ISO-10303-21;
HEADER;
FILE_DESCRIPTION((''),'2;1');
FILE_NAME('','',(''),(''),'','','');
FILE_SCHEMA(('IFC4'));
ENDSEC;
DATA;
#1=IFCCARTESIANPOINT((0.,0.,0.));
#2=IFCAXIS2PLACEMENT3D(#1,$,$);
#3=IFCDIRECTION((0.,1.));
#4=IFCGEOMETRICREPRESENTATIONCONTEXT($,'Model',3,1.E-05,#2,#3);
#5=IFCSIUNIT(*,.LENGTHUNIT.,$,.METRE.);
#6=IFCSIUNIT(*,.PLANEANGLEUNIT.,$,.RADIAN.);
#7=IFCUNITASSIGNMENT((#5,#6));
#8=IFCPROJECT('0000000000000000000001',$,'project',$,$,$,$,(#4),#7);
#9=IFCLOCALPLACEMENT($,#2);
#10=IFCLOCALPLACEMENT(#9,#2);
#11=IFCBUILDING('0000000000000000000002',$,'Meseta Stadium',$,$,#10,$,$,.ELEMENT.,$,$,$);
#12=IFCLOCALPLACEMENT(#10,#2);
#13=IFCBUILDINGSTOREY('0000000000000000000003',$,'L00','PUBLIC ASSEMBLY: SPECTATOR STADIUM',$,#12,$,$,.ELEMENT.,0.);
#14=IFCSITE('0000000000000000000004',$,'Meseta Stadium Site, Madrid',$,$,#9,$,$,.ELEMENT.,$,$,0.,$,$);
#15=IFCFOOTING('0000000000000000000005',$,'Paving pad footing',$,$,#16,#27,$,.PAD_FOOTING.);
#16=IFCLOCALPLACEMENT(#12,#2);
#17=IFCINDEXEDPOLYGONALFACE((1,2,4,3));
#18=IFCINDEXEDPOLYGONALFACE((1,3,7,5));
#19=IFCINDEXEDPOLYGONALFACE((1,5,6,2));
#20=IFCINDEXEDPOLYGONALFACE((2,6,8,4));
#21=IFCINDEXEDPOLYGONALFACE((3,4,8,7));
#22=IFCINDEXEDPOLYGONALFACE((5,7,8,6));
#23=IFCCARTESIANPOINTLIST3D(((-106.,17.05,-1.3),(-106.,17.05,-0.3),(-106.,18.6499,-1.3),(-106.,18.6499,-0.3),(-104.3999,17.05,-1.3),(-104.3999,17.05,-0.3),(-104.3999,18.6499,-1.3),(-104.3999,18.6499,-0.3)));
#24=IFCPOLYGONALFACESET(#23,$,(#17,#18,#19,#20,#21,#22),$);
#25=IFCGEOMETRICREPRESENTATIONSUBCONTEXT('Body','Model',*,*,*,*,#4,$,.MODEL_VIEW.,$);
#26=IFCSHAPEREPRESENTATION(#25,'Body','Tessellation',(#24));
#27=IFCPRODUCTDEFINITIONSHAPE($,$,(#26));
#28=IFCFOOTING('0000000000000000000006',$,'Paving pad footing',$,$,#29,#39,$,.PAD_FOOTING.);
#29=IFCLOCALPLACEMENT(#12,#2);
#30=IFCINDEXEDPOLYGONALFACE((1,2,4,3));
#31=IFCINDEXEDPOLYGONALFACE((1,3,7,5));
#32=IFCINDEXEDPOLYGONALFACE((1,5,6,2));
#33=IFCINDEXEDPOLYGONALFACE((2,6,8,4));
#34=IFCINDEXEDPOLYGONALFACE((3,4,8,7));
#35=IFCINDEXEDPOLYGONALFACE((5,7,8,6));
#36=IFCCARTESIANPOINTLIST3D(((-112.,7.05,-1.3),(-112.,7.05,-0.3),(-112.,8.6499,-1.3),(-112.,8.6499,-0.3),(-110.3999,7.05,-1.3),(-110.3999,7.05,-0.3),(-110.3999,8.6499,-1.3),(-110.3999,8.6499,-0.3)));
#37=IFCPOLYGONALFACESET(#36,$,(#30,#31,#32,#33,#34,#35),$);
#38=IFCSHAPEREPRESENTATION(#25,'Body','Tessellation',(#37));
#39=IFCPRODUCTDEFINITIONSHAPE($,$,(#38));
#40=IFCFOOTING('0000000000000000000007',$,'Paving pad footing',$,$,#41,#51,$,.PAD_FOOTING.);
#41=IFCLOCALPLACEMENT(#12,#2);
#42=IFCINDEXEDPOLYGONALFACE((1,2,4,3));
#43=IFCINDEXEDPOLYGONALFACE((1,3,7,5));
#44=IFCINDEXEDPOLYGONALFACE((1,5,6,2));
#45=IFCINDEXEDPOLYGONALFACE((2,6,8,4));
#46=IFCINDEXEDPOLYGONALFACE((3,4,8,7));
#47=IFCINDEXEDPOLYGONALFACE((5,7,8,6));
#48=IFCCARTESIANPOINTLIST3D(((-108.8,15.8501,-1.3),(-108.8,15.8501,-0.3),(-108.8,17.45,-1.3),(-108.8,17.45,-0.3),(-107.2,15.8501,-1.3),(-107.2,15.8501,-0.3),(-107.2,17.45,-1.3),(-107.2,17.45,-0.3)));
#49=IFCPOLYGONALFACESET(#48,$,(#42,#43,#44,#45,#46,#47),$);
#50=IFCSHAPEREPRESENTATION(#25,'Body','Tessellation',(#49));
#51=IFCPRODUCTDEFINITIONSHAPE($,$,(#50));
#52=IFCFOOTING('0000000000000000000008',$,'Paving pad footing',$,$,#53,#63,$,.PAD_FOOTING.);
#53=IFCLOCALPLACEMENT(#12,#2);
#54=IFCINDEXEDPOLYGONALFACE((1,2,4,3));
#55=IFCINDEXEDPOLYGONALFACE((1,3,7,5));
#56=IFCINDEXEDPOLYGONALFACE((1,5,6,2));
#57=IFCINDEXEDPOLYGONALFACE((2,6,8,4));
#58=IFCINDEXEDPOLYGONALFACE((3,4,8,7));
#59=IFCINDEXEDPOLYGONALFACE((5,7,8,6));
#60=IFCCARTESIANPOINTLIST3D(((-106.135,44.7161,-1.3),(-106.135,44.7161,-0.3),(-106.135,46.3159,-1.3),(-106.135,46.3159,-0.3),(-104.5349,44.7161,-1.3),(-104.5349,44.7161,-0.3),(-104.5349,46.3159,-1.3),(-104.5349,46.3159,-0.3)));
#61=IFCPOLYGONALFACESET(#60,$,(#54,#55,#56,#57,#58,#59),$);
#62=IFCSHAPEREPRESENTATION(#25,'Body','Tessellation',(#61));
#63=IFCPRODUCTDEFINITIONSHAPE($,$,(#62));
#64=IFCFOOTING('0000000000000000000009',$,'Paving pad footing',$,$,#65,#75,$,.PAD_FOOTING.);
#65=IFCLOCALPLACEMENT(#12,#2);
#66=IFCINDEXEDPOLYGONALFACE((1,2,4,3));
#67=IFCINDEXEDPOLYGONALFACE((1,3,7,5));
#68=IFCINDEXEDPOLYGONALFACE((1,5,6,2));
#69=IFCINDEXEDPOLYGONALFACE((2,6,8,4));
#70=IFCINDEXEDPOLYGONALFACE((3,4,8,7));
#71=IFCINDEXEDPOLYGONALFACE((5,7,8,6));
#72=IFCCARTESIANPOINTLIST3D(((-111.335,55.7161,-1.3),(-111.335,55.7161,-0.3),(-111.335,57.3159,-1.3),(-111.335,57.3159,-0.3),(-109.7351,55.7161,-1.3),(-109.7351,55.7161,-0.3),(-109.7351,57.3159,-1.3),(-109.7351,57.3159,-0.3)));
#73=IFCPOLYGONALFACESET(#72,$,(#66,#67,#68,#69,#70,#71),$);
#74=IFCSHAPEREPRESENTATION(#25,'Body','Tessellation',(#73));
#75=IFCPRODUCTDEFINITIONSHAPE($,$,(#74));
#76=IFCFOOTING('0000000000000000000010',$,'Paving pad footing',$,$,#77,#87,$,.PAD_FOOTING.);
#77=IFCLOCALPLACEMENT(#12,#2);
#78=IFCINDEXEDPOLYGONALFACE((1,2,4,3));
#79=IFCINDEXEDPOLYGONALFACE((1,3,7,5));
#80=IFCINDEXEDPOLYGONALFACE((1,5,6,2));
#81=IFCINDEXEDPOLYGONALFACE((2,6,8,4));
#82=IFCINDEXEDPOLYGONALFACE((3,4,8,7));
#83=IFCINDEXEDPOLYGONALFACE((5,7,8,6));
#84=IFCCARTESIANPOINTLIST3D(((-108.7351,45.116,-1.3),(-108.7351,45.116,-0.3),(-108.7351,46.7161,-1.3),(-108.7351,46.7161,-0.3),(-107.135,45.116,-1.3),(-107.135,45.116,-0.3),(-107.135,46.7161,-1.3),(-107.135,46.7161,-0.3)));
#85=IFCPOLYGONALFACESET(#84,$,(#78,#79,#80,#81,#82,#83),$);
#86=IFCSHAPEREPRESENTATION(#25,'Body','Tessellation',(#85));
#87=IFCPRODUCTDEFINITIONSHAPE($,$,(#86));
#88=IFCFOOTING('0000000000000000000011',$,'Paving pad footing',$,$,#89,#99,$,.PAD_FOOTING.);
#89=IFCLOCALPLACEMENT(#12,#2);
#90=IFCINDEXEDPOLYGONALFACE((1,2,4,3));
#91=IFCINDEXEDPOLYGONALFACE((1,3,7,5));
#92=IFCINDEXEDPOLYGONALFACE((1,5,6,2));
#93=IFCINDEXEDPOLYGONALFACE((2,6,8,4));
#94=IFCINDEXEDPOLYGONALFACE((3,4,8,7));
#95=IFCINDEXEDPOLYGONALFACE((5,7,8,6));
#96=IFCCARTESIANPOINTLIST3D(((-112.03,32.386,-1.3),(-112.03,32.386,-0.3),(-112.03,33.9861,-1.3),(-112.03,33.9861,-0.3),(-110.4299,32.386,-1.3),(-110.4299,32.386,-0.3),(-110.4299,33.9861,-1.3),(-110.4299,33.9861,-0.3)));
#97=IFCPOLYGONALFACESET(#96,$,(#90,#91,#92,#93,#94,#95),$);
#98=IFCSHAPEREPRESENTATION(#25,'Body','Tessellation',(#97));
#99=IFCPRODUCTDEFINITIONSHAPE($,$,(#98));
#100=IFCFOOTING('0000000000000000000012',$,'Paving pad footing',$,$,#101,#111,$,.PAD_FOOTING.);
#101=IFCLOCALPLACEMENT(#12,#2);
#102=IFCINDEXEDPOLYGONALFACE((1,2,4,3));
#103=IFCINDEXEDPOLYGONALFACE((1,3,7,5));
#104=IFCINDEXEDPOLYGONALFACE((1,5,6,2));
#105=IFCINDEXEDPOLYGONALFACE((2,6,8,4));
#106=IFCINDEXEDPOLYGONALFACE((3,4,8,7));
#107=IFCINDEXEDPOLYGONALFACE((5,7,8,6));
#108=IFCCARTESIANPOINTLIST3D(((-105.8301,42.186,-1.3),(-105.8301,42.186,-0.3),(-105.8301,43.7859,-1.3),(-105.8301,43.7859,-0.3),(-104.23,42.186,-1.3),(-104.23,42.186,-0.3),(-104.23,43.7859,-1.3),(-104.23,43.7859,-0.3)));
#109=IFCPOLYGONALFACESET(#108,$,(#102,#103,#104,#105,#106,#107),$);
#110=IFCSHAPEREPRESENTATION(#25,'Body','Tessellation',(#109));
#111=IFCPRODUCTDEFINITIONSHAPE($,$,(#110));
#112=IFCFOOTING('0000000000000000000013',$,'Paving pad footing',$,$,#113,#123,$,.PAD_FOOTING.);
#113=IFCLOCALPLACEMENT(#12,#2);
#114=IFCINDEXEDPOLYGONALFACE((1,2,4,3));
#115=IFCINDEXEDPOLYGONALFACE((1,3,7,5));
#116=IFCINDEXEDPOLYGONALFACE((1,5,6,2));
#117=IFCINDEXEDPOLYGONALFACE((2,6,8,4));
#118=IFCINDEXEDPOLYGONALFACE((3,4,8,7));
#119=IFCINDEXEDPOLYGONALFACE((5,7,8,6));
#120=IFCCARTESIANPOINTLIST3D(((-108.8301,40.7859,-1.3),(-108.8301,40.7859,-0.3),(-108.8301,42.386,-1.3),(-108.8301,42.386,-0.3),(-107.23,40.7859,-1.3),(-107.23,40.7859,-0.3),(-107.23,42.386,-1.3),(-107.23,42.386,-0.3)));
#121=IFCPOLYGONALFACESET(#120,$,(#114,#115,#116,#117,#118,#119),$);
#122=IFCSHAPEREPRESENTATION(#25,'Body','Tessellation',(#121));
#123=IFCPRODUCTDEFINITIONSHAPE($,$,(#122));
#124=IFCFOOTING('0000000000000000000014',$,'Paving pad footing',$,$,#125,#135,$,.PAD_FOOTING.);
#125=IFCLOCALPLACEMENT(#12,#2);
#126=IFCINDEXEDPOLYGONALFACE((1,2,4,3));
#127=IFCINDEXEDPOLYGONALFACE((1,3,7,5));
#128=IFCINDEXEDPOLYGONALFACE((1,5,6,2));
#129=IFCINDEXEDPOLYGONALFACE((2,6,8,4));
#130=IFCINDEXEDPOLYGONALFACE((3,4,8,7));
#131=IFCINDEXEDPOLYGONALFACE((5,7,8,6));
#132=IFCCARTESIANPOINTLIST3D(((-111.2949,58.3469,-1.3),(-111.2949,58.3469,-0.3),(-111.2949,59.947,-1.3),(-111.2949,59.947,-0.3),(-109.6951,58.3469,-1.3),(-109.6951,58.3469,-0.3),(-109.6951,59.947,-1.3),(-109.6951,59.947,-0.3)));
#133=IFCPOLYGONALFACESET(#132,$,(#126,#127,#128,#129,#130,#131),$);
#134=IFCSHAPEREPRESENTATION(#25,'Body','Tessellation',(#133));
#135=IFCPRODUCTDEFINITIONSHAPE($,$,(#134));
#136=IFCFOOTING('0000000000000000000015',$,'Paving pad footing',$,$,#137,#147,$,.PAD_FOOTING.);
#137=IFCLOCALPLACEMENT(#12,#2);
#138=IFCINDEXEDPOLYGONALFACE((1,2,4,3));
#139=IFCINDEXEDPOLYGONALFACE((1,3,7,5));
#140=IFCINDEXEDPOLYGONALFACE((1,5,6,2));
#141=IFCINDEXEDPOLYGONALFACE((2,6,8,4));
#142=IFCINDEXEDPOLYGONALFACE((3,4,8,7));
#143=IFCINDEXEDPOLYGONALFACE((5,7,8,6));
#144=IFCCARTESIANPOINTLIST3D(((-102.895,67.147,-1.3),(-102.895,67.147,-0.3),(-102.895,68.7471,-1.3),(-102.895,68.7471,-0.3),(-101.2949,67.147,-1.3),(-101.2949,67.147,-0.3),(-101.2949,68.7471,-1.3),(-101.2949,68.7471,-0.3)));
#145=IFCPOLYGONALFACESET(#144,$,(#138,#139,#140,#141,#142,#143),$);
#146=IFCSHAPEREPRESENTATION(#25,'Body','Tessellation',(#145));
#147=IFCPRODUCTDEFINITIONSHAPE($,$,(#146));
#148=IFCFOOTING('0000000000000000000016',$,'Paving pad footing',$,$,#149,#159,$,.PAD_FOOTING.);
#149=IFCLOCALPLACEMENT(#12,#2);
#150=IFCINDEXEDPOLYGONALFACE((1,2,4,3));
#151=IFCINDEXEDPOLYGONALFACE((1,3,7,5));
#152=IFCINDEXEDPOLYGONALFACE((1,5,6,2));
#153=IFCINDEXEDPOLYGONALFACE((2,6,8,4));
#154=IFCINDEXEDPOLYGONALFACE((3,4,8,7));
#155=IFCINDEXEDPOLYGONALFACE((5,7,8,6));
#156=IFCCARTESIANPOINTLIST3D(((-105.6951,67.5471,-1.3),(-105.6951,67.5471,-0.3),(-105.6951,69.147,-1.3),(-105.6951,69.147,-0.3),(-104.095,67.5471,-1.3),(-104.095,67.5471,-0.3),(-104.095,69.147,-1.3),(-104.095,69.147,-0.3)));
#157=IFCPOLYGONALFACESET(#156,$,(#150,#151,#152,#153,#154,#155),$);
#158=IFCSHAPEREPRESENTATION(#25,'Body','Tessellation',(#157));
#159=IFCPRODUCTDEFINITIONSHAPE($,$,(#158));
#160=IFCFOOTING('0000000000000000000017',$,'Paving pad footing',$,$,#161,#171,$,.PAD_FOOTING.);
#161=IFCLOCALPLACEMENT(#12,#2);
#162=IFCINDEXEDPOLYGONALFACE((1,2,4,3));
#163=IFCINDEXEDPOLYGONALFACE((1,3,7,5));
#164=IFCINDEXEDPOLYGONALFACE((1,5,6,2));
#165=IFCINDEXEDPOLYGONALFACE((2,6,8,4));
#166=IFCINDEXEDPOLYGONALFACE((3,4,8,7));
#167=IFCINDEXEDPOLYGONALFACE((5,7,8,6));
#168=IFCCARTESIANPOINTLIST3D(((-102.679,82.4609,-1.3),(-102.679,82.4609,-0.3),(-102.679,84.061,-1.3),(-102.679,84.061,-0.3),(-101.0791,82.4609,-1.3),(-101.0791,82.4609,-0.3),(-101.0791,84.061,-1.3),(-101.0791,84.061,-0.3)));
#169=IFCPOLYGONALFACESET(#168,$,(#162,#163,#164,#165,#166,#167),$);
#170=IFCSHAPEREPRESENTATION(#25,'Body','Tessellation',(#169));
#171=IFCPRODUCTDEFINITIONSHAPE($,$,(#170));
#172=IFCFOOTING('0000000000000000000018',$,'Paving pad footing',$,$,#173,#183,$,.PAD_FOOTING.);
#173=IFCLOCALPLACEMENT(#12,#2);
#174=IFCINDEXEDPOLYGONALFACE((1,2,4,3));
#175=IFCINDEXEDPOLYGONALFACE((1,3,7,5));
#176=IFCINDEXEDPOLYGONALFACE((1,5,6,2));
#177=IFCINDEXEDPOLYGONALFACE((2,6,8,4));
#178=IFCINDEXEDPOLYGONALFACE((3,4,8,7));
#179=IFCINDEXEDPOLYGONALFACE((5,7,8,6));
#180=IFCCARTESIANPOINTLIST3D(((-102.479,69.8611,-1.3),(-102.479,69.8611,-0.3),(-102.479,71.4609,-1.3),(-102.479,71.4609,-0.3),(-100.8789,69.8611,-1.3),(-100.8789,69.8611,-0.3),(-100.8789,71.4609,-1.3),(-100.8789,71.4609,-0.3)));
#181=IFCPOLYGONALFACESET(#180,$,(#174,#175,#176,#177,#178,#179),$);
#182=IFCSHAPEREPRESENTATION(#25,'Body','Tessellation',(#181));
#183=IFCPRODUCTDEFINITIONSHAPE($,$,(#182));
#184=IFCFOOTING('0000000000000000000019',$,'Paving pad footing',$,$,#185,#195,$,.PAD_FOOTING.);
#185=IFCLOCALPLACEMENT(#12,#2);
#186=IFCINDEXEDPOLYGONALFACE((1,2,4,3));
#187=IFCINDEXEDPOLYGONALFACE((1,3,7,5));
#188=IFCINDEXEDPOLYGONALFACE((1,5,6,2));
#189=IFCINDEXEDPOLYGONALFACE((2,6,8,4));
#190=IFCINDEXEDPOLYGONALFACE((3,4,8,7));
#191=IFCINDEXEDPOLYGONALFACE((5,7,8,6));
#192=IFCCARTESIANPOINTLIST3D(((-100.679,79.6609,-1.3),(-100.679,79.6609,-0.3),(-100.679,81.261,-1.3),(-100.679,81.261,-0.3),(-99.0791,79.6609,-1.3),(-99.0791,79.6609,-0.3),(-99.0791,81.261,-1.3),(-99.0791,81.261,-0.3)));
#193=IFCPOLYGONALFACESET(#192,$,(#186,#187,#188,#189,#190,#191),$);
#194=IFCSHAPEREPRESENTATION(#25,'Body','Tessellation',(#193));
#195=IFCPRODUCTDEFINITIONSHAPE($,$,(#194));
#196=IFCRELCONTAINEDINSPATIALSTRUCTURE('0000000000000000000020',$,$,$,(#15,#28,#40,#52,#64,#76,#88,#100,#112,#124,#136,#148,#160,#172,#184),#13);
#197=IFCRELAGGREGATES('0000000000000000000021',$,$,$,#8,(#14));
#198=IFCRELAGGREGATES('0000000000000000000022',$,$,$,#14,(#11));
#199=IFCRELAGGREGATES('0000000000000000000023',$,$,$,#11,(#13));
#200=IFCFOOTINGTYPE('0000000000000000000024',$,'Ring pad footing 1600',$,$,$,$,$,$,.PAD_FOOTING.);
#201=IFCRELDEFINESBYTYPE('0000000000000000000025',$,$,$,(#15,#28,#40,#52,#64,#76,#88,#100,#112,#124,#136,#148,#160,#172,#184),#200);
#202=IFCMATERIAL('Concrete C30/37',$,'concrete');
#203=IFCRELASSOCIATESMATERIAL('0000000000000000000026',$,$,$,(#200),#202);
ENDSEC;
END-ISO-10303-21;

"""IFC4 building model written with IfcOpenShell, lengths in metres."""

from ifc_helpers import new_model, si_unit, direction, frame, origin, place, context, subcontext, project, spatial, polyline, outline, extrude, material, type_object, element, save


model = new_model("IFC4")

# Units and contexts
model_context = context("Model", 3, precision=1e-05, world=origin(), true_north=direction((0.0, 1.0)))
body_context = subcontext(model_context, "Body", "Model", "MODEL_VIEW")
ifc_project = project(units=[si_unit("LENGTHUNIT", "METRE"), si_unit("PLANEANGLEUNIT", "RADIAN")], contexts=[model_context])

# Site, building, storey
site_placement = place(None, origin())
site = spatial("IfcSite", under=ifc_project, at=site_placement, Name="Meseta Stadium Site, Madrid", CompositionType="ELEMENT", RefElevation=0.0)
building_placement = place(site_placement, origin())
building = spatial("IfcBuilding", under=site, at=building_placement, Name="Meseta Stadium", CompositionType="ELEMENT")
storey_placement = place(building_placement, origin())
storey = spatial("IfcBuildingStorey", under=building, at=storey_placement, Name="L00", Description="PUBLIC ASSEMBLY: SPECTATOR STADIUM", CompositionType="ELEMENT", Elevation=0.0)

# Footings
ifc_material_1 = material(Name="Concrete C30/37", Category="concrete")
footing_type_1 = type_object("IfcFootingType", Name="Ring pad footing 1600", PredefinedType="PAD_FOOTING", material=ifc_material_1)
footing_1_placement = place(storey_placement, frame((0.0, 0.0, -1.3)))
element("IfcFooting", 1, at=footing_1_placement, inside=storey, type_object=footing_type_1, Name="Paving pad footing", PredefinedType="PAD_FOOTING", context=body_context, shape_type="SweptSolid", body=[
    extrude(outline(polyline([(-104.3999, 17.05), (-104.3999, 18.6499), (-106.0, 18.6499), (-106.0, 17.05), (-104.3999, 17.05)])), origin(), (0.0, 0.0, 1.0), 1.0),
])
footing_2_placement = place(storey_placement, frame((0.0, 0.0, -1.3)))
element("IfcFooting", 2, at=footing_2_placement, inside=storey, type_object=footing_type_1, Name="Paving pad footing", PredefinedType="PAD_FOOTING", context=body_context, shape_type="SweptSolid", body=[
    extrude(outline(polyline([(-110.3999, 7.05), (-110.3999, 8.6499), (-112.0, 8.6499), (-112.0, 7.05), (-110.3999, 7.05)])), origin(), (0.0, 0.0, 1.0), 1.0),
])
footing_3_placement = place(storey_placement, frame((0.0, 0.0, -1.3)))
element("IfcFooting", 3, at=footing_3_placement, inside=storey, type_object=footing_type_1, Name="Paving pad footing", PredefinedType="PAD_FOOTING", context=body_context, shape_type="SweptSolid", body=[
    extrude(outline(polyline([(-107.2, 15.8501), (-107.2, 17.45), (-108.8, 17.45), (-108.8, 15.8501), (-107.2, 15.8501)])), origin(), (0.0, 0.0, 1.0), 1.0),
])
footing_4_placement = place(storey_placement, frame((0.0, 0.0, -1.3)))
element("IfcFooting", 4, at=footing_4_placement, inside=storey, type_object=footing_type_1, Name="Paving pad footing", PredefinedType="PAD_FOOTING", context=body_context, shape_type="SweptSolid", body=[
    extrude(outline(polyline([(-104.5349, 44.7161), (-104.5349, 46.3159), (-106.135, 46.3159), (-106.135, 44.7161), (-104.5349, 44.7161)])), origin(), (0.0, 0.0, 1.0), 1.0),
])
footing_5_placement = place(storey_placement, frame((0.0, 0.0, -1.3)))
element("IfcFooting", 5, at=footing_5_placement, inside=storey, type_object=footing_type_1, Name="Paving pad footing", PredefinedType="PAD_FOOTING", context=body_context, shape_type="SweptSolid", body=[
    extrude(outline(polyline([(-109.7351, 55.7161), (-109.7351, 57.3159), (-111.335, 57.3159), (-111.335, 55.7161), (-109.7351, 55.7161)])), origin(), (0.0, 0.0, 1.0), 1.0),
])
footing_6_placement = place(storey_placement, frame((0.0, 0.0, -1.3)))
element("IfcFooting", 6, at=footing_6_placement, inside=storey, type_object=footing_type_1, Name="Paving pad footing", PredefinedType="PAD_FOOTING", context=body_context, shape_type="SweptSolid", body=[
    extrude(outline(polyline([(-107.135, 45.116), (-107.135, 46.7161), (-108.7351, 46.7161), (-108.7351, 45.116), (-107.135, 45.116)])), origin(), (0.0, 0.0, 1.0), 1.0),
])
footing_7_placement = place(storey_placement, frame((0.0, 0.0, -1.3)))
element("IfcFooting", 7, at=footing_7_placement, inside=storey, type_object=footing_type_1, Name="Paving pad footing", PredefinedType="PAD_FOOTING", context=body_context, shape_type="SweptSolid", body=[
    extrude(outline(polyline([(-110.4299, 32.386), (-110.4299, 33.9861), (-112.03, 33.9861), (-112.03, 32.386), (-110.4299, 32.386)])), origin(), (0.0, 0.0, 1.0), 1.0),
])
footing_8_placement = place(storey_placement, frame((0.0, 0.0, -1.3)))
element("IfcFooting", 8, at=footing_8_placement, inside=storey, type_object=footing_type_1, Name="Paving pad footing", PredefinedType="PAD_FOOTING", context=body_context, shape_type="SweptSolid", body=[
    extrude(outline(polyline([(-104.23, 42.186), (-104.23, 43.7859), (-105.8301, 43.7859), (-105.8301, 42.186), (-104.23, 42.186)])), origin(), (0.0, 0.0, 1.0), 1.0),
])
footing_9_placement = place(storey_placement, frame((0.0, 0.0, -1.3)))
element("IfcFooting", 9, at=footing_9_placement, inside=storey, type_object=footing_type_1, Name="Paving pad footing", PredefinedType="PAD_FOOTING", context=body_context, shape_type="SweptSolid", body=[
    extrude(outline(polyline([(-107.23, 40.7859), (-107.23, 42.386), (-108.8301, 42.386), (-108.8301, 40.7859), (-107.23, 40.7859)])), origin(), (0.0, 0.0, 1.0), 1.0),
])
footing_10_placement = place(storey_placement, frame((0.0, 0.0, -1.3)))
element("IfcFooting", 10, at=footing_10_placement, inside=storey, type_object=footing_type_1, Name="Paving pad footing", PredefinedType="PAD_FOOTING", context=body_context, shape_type="SweptSolid", body=[
    extrude(outline(polyline([(-109.6951, 58.3469), (-109.6951, 59.947), (-111.2949, 59.947), (-111.2949, 58.3469), (-109.6951, 58.3469)])), origin(), (0.0, 0.0, 1.0), 1.0),
])
footing_11_placement = place(storey_placement, frame((0.0, 0.0, -1.3)))
element("IfcFooting", 11, at=footing_11_placement, inside=storey, type_object=footing_type_1, Name="Paving pad footing", PredefinedType="PAD_FOOTING", context=body_context, shape_type="SweptSolid", body=[
    extrude(outline(polyline([(-101.2949, 67.147), (-101.2949, 68.7471), (-102.895, 68.7471), (-102.895, 67.147), (-101.2949, 67.147)])), origin(), (0.0, 0.0, 1.0), 1.0),
])
footing_12_placement = place(storey_placement, frame((0.0, 0.0, -1.3)))
element("IfcFooting", 12, at=footing_12_placement, inside=storey, type_object=footing_type_1, Name="Paving pad footing", PredefinedType="PAD_FOOTING", context=body_context, shape_type="SweptSolid", body=[
    extrude(outline(polyline([(-104.095, 67.5471), (-104.095, 69.147), (-105.6951, 69.147), (-105.6951, 67.5471), (-104.095, 67.5471)])), origin(), (0.0, 0.0, 1.0), 1.0),
])
footing_13_placement = place(storey_placement, frame((0.0, 0.0, -1.3)))
element("IfcFooting", 13, at=footing_13_placement, inside=storey, type_object=footing_type_1, Name="Paving pad footing", PredefinedType="PAD_FOOTING", context=body_context, shape_type="SweptSolid", body=[
    extrude(outline(polyline([(-101.0791, 82.4609), (-101.0791, 84.061), (-102.679, 84.061), (-102.679, 82.4609), (-101.0791, 82.4609)])), origin(), (0.0, 0.0, 1.0), 1.0),
])
footing_14_placement = place(storey_placement, frame((0.0, 0.0, -1.3)))
element("IfcFooting", 14, at=footing_14_placement, inside=storey, type_object=footing_type_1, Name="Paving pad footing", PredefinedType="PAD_FOOTING", context=body_context, shape_type="SweptSolid", body=[
    extrude(outline(polyline([(-100.8789, 69.8611), (-100.8789, 71.4609), (-102.479, 71.4609), (-102.479, 69.8611), (-100.8789, 69.8611)])), origin(), (0.0, 0.0, 1.0), 1.0),
])
footing_15_placement = place(storey_placement, frame((0.0, 0.0, -1.3)))
element("IfcFooting", 15, at=footing_15_placement, inside=storey, type_object=footing_type_1, Name="Paving pad footing", PredefinedType="PAD_FOOTING", context=body_context, shape_type="SweptSolid", body=[
    extrude(outline(polyline([(-99.0791, 79.6609), (-99.0791, 81.261), (-100.679, 81.261), (-100.679, 79.6609), (-99.0791, 79.6609)])), origin(), (0.0, 0.0, 1.0), 1.0),
])

save(model, "model.ifc")
